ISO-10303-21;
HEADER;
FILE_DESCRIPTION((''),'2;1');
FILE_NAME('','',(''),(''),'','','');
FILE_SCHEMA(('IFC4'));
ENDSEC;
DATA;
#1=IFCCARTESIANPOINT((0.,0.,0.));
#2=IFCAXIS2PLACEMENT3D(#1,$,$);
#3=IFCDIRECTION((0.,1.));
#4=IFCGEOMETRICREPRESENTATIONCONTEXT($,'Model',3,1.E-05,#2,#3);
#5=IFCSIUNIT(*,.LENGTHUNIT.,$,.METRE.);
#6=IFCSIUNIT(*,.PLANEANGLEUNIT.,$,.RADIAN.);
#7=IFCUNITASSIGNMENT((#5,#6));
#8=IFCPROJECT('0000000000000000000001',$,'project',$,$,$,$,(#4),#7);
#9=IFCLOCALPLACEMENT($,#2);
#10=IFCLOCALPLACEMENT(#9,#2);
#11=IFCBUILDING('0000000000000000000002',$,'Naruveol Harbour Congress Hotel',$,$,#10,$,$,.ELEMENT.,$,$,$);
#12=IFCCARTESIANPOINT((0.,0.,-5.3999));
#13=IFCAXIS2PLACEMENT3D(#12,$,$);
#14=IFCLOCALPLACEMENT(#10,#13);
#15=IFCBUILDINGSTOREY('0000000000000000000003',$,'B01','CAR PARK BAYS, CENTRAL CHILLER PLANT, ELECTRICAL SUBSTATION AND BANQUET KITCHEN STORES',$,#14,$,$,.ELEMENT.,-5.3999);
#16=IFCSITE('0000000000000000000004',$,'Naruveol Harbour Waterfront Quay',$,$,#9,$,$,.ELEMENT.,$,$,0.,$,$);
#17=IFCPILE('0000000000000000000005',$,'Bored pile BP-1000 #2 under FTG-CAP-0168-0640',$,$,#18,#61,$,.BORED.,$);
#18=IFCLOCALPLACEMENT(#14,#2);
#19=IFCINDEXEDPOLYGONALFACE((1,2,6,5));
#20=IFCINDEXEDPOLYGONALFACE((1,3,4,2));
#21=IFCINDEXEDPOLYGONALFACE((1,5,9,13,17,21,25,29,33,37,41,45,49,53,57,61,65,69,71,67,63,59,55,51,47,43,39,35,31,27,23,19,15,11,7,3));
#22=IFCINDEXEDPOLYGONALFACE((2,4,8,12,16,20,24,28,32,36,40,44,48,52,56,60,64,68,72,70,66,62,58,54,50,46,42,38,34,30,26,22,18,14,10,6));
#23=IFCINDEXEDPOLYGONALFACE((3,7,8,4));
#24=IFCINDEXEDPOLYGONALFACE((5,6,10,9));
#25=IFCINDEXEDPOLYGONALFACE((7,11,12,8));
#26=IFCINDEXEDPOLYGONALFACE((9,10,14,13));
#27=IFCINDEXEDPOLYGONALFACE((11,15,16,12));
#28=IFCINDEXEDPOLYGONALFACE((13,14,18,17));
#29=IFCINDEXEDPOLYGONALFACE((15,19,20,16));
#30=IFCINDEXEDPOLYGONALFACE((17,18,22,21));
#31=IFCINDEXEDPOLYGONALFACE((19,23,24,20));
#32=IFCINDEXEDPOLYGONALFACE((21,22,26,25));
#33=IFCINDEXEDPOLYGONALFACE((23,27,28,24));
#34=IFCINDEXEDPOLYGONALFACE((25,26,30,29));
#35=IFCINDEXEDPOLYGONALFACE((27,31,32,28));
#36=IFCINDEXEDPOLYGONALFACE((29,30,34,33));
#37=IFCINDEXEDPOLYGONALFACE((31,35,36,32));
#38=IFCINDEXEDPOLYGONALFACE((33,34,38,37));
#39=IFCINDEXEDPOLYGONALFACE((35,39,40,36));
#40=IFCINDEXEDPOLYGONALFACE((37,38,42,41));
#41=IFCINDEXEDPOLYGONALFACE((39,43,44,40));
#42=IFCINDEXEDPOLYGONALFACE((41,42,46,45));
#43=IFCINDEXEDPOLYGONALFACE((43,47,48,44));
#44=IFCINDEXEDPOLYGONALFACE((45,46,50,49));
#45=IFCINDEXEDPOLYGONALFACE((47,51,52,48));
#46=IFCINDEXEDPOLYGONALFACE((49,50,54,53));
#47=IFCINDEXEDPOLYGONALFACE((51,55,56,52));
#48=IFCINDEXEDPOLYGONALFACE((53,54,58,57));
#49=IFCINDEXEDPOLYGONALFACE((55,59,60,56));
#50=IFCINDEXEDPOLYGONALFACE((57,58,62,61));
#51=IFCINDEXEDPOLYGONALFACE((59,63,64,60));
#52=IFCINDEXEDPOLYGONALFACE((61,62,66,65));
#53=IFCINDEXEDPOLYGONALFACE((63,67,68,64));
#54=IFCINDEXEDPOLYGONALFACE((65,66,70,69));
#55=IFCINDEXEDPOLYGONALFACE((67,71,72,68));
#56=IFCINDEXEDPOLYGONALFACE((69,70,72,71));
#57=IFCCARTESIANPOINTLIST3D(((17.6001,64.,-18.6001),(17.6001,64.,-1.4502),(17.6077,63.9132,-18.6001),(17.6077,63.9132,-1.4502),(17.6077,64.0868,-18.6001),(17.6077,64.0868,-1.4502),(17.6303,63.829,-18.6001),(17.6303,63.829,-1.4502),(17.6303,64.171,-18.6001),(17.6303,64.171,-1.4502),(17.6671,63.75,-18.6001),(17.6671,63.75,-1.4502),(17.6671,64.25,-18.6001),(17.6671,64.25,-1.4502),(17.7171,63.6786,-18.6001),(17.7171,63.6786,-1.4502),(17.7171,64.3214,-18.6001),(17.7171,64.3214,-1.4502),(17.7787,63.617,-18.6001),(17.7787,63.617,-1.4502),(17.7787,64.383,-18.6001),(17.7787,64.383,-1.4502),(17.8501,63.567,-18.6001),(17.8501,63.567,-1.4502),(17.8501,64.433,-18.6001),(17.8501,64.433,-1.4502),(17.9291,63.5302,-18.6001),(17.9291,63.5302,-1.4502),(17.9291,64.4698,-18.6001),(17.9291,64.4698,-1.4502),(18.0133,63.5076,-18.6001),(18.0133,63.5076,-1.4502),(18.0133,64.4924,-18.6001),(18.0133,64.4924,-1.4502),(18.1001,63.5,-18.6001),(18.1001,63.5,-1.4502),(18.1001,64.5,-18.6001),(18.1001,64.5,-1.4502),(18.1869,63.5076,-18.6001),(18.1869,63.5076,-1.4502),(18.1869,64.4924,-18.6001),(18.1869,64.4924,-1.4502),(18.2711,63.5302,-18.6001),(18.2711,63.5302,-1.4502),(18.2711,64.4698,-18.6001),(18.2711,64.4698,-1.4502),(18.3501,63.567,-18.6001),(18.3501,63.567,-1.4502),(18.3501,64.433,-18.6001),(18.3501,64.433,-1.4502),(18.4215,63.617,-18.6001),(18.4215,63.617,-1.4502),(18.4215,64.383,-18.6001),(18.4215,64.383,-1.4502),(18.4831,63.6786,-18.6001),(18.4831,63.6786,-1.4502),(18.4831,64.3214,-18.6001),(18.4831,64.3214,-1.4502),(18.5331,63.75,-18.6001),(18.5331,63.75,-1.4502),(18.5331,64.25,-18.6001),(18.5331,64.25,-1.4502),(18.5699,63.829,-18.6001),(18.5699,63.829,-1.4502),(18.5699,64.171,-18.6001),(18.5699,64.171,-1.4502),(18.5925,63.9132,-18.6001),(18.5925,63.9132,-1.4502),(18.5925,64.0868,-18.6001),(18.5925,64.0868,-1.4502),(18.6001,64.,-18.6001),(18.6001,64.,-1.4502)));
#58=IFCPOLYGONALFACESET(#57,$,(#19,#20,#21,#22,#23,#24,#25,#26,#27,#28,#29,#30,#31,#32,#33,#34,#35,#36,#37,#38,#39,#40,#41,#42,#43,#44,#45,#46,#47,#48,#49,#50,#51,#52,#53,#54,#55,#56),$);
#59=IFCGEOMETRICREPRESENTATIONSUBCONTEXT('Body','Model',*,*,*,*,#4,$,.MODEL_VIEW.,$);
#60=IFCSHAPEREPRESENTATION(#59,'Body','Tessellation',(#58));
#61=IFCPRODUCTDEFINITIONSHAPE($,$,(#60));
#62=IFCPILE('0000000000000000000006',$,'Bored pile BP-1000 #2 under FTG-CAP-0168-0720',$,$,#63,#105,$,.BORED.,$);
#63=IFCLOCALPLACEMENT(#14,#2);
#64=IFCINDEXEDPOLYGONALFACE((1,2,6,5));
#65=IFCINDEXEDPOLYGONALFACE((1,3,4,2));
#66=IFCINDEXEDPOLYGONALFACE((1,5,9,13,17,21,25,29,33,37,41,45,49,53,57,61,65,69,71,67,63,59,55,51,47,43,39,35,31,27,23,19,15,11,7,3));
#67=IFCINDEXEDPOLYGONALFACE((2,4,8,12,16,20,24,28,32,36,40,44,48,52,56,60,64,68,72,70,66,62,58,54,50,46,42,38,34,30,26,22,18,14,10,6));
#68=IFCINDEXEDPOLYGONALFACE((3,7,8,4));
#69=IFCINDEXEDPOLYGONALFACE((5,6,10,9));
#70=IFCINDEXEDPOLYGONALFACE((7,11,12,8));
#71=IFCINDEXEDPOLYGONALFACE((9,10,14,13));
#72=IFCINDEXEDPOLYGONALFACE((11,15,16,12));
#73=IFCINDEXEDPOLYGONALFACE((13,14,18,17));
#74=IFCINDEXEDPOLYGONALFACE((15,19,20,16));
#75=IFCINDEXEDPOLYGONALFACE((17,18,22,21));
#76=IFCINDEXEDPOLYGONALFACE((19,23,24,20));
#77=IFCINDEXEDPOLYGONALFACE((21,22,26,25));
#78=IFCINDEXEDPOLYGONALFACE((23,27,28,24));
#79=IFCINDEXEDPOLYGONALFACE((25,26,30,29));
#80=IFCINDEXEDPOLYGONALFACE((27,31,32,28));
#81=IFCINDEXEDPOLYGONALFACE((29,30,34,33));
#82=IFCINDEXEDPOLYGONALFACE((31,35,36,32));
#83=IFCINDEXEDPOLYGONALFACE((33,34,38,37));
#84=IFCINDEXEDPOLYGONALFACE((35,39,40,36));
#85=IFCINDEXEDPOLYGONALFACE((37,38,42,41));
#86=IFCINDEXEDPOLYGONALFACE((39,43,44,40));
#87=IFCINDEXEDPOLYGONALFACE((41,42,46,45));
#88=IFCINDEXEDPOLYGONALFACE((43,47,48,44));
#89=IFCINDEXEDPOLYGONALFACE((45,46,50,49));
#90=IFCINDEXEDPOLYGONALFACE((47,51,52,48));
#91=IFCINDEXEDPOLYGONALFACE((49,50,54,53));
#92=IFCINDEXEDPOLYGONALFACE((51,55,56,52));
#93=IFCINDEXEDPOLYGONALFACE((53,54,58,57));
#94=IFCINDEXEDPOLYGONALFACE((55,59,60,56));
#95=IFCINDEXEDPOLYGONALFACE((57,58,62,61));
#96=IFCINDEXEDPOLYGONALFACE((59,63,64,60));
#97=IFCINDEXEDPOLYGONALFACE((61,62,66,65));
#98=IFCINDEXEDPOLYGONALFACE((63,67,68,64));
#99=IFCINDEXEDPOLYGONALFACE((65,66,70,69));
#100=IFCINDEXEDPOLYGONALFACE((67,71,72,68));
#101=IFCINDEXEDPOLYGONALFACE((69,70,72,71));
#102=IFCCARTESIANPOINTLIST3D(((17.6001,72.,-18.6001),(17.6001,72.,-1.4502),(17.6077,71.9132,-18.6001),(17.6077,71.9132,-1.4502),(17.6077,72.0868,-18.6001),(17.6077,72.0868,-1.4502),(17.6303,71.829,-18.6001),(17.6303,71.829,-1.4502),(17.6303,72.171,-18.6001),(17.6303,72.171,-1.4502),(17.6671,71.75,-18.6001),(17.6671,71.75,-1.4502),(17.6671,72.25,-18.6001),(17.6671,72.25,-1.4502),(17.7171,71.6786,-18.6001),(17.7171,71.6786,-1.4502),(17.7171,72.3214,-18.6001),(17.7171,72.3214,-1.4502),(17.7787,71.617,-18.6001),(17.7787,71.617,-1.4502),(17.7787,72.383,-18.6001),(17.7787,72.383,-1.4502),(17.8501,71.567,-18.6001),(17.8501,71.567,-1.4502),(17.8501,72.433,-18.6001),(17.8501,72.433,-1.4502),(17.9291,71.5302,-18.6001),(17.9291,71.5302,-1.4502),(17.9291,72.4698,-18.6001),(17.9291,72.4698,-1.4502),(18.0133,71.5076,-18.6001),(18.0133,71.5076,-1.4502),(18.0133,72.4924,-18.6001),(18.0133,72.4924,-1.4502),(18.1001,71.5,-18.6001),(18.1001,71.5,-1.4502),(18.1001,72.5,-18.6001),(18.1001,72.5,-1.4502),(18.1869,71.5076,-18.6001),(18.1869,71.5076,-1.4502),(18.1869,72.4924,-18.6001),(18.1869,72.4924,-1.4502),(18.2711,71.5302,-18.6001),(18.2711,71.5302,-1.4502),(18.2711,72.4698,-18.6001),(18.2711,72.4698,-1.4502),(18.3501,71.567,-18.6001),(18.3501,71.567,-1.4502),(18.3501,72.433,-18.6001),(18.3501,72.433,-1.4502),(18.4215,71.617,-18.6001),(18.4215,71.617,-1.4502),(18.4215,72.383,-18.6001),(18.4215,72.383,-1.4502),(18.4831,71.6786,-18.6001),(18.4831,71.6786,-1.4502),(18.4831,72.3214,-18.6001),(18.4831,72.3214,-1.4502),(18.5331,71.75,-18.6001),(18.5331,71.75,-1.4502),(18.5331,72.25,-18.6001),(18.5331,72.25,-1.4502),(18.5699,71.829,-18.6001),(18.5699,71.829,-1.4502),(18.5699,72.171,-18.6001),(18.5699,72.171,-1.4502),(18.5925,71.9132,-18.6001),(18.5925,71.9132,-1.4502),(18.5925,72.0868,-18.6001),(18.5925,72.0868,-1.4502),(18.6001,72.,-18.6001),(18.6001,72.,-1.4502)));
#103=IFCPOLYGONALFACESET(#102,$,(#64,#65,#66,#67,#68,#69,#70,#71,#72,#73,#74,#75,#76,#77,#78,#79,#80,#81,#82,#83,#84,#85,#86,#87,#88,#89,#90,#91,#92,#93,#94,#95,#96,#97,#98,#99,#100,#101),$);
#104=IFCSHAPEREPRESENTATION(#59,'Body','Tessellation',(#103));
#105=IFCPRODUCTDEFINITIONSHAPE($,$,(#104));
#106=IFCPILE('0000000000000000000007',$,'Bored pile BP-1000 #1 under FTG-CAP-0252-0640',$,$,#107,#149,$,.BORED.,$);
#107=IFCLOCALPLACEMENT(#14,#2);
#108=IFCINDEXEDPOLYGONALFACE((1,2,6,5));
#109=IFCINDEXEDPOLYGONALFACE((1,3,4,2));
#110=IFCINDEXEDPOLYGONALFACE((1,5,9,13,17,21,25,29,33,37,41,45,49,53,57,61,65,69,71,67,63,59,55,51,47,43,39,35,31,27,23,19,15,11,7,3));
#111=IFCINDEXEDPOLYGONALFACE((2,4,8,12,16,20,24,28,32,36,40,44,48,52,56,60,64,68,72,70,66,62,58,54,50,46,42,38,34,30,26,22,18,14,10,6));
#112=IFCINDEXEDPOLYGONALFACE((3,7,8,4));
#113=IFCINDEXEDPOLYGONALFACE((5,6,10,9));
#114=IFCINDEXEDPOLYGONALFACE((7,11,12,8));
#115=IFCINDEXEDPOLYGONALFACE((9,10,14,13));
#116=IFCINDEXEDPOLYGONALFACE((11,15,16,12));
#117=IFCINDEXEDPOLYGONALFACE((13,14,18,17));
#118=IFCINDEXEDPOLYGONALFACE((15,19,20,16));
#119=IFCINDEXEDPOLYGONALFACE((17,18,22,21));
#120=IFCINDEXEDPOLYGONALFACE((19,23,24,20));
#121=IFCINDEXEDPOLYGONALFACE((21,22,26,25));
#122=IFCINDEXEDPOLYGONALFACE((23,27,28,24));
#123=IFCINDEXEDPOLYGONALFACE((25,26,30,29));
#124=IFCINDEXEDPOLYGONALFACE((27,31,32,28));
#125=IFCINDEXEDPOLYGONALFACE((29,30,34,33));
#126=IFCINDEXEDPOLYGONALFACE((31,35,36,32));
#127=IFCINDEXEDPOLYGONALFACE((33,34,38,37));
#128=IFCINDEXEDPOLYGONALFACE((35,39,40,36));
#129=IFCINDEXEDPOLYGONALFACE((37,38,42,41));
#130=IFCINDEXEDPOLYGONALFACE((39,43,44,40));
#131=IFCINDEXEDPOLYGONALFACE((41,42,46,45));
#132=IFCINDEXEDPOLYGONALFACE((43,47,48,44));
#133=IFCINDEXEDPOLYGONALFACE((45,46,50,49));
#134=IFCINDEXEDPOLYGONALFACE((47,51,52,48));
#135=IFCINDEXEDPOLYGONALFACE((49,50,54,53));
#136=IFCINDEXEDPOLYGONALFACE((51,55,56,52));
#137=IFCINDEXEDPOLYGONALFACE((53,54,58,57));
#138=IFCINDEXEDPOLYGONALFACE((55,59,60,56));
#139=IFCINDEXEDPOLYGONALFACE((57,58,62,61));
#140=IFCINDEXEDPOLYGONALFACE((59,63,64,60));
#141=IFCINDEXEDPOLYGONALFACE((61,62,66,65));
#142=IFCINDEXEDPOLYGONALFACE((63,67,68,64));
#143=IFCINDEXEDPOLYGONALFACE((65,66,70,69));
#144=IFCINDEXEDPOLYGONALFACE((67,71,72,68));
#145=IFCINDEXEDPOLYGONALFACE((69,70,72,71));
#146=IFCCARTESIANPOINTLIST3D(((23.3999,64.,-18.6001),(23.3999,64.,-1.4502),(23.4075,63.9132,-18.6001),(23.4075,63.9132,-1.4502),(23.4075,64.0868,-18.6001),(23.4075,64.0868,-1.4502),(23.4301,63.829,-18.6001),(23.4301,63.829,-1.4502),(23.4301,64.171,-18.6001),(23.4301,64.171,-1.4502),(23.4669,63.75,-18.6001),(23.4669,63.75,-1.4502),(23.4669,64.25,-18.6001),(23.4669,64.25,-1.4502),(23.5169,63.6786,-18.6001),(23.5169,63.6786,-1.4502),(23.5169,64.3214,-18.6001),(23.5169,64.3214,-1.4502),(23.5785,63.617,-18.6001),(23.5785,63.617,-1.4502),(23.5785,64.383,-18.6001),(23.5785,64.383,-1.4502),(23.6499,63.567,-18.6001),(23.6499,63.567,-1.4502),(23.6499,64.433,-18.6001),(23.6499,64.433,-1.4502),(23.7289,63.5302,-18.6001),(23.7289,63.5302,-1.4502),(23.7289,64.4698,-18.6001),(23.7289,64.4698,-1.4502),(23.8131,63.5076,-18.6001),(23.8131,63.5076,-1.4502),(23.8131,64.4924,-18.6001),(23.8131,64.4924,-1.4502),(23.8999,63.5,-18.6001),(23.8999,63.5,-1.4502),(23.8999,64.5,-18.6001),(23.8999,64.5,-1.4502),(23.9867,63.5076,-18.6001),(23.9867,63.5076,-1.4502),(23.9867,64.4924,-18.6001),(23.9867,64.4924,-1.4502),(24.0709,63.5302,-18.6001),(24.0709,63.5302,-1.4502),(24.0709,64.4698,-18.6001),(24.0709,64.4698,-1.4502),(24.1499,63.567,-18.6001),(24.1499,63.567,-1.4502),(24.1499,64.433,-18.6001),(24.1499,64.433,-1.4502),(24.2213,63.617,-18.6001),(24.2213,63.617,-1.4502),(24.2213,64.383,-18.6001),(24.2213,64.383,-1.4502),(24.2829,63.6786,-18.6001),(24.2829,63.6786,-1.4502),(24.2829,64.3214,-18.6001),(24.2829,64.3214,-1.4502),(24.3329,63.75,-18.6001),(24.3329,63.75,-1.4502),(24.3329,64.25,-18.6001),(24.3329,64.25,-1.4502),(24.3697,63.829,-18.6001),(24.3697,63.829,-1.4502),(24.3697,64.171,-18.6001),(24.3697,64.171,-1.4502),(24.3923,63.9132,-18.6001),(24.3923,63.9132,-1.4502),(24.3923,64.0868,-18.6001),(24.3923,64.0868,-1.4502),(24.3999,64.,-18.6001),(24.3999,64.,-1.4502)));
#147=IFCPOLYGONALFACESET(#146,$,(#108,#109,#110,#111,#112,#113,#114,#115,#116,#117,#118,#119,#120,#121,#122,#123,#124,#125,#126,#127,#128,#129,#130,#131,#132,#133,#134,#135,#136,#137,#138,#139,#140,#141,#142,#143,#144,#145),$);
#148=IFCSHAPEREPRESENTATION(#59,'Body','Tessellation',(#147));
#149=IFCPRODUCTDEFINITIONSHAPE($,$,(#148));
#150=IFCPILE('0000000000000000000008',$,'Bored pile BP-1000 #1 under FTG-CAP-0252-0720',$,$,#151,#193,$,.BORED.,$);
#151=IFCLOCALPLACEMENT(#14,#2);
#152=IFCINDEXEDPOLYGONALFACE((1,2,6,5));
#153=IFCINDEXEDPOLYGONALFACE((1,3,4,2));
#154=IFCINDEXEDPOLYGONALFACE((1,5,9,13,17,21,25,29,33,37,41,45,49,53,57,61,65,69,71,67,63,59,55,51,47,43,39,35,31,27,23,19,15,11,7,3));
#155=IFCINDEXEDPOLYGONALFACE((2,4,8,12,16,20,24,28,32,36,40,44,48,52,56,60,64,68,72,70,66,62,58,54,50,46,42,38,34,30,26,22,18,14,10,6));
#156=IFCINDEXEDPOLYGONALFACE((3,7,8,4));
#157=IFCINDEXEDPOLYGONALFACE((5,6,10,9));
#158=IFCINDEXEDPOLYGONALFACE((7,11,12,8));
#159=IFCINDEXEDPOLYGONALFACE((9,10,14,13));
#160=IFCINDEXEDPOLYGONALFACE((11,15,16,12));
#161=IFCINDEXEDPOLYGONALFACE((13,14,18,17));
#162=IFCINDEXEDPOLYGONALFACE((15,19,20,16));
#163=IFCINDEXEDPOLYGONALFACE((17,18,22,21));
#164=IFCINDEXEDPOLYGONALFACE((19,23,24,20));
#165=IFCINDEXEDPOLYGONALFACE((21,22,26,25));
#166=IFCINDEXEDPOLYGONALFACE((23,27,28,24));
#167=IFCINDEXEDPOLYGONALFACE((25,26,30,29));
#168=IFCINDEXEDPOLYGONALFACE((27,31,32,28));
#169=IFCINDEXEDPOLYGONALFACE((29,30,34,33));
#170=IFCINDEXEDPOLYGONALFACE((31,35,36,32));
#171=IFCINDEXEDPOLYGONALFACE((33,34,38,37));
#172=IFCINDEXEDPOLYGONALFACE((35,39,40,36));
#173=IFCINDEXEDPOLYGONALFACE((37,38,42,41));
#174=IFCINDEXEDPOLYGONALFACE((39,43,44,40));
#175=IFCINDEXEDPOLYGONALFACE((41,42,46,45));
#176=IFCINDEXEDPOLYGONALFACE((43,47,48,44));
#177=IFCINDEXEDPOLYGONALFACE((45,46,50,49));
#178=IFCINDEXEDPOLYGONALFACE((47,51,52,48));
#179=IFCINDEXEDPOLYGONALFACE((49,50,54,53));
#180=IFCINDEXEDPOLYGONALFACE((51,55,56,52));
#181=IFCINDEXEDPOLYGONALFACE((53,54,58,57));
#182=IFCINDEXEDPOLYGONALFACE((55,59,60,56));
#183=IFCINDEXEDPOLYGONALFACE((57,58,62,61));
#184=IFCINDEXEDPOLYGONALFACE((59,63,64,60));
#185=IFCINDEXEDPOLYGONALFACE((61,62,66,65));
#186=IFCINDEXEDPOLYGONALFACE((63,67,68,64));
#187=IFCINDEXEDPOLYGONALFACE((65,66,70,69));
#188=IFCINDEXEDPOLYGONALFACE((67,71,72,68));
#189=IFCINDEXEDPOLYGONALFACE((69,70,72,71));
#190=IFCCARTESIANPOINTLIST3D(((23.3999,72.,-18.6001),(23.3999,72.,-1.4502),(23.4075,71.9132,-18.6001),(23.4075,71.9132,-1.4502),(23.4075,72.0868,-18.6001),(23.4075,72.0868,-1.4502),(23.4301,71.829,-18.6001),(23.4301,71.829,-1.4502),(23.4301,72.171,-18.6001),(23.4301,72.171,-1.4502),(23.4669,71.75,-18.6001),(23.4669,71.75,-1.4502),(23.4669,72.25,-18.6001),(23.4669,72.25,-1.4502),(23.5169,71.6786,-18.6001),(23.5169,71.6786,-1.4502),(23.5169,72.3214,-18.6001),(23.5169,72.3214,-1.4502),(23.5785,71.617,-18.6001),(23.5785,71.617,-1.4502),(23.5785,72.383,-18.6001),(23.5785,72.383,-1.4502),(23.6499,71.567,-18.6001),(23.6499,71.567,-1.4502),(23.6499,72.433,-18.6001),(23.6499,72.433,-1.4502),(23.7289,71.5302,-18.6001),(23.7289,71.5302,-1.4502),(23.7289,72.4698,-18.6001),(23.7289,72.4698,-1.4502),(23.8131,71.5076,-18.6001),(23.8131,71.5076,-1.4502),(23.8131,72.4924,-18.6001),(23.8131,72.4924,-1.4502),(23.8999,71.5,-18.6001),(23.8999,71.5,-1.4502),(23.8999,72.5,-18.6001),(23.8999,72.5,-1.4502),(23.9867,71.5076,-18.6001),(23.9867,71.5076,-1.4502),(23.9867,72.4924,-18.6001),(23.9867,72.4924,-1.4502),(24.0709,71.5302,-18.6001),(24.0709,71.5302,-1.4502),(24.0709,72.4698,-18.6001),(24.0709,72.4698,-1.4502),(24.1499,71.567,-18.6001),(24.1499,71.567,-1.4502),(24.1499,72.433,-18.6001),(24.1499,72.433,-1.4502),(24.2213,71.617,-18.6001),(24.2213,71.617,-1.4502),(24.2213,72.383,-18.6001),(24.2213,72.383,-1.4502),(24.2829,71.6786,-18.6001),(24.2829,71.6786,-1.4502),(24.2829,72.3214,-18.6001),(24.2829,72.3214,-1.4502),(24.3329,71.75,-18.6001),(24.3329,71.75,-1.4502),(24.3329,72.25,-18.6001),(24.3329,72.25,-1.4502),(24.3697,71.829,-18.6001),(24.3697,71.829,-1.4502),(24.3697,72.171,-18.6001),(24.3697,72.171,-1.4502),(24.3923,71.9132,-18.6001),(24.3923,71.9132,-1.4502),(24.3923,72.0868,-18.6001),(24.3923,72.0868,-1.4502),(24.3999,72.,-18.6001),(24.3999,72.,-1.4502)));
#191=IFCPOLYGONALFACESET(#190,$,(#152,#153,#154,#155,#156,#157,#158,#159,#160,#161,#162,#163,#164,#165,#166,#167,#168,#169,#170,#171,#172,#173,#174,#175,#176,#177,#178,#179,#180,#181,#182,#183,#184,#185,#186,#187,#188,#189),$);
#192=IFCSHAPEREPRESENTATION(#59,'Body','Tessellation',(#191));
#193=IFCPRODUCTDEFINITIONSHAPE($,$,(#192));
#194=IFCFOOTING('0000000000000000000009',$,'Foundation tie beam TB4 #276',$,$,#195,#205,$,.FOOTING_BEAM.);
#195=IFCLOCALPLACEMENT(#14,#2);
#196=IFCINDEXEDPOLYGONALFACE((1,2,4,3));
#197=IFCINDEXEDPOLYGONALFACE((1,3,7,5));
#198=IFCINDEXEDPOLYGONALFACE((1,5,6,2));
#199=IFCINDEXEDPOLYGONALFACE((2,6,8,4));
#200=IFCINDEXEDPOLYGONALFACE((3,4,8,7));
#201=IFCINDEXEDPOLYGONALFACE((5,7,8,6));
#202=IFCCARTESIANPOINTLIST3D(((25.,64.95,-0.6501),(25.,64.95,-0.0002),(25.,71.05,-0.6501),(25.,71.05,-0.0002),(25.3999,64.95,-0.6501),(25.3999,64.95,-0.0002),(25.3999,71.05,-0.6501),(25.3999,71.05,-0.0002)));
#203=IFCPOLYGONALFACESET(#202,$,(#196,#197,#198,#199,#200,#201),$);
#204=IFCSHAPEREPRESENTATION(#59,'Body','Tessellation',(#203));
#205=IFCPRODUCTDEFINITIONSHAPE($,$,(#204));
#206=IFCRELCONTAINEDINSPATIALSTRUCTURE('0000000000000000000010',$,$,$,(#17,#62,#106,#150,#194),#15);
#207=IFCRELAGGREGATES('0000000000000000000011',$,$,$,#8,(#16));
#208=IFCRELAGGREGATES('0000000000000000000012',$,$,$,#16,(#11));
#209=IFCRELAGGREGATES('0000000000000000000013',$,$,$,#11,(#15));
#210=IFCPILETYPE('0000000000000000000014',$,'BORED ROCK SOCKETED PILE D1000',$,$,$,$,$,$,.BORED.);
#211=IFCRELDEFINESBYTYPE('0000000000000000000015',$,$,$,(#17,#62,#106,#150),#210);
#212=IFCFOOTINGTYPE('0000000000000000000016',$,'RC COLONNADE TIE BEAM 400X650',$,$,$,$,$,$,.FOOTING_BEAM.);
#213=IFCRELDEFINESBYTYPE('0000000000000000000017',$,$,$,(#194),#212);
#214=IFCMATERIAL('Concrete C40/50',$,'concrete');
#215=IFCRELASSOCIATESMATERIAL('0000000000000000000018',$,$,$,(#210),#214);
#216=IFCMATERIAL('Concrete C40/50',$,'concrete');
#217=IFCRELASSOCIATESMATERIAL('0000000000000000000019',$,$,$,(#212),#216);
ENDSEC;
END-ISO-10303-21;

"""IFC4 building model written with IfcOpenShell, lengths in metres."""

from ifc_helpers import new_model, si_unit, direction, frame, origin, origin_2d, place, context, subcontext, project, spatial, rectangle, circle, extrude, material, material_profile, profile_set, type_object, element, save


model = new_model("IFC4")

# Units and contexts
model_context = context("Model", 3, precision=1e-05, world=origin(), true_north=direction((0.0, 1.0)))
body_context = subcontext(model_context, "Body", "Model", "MODEL_VIEW")
ifc_project = project(units=[si_unit("LENGTHUNIT", "METRE"), si_unit("PLANEANGLEUNIT", "RADIAN")], contexts=[model_context])

# Site, building, storey
site_placement = place(None, origin())
site = spatial("IfcSite", under=ifc_project, at=site_placement, Name="Naruveol Harbour Waterfront Quay", CompositionType="ELEMENT", RefElevation=0.0)
building_placement = place(site_placement, origin())
building = spatial("IfcBuilding", under=site, at=building_placement, Name="Naruveol Harbour Congress Hotel", CompositionType="ELEMENT")
storey_placement = place(building_placement, frame((0.0, 0.0, -5.3999)))
storey = spatial("IfcBuildingStorey", under=building, at=storey_placement, Name="B01", Description="CAR PARK BAYS, CENTRAL CHILLER PLANT, ELECTRICAL SUBSTATION AND BANQUET KITCHEN STORES", CompositionType="ELEMENT", Elevation=-5.3999)

# Piles
ifc_material_1 = material(Name="Concrete C40/50", Category="concrete")
ifc_material_profile_1 = material_profile(ifc_material_1, circle(Radius=0.5, at=origin_2d()), Name="BP-1000")
ifc_profile_set_1 = profile_set([ifc_material_profile_1], Name="Concrete C40/50")
pile_type = type_object("IfcPileType", Name="BORED ROCK SOCKETED PILE D1000", PredefinedType="BORED", material=ifc_profile_set_1)
for number, where, z_axis, x_axis, name in (
    (1, (18.1001, 64.0, -1.4502), (0.0, 0.0, -1.0), (1.0, 0.0, 0.0), "Bored pile BP-1000 #2 under FTG-CAP-0168-0640"),
    (2, (18.1001, 72.0, -1.4502), (0.0, 0.0, -1.0), (1.0, 0.0, 0.0), "Bored pile BP-1000 #2 under FTG-CAP-0168-0720"),
    (3, (23.8999, 64.0, -1.4502), (0.0, 0.0, -1.0), (1.0, 0.0, 0.0), "Bored pile BP-1000 #1 under FTG-CAP-0252-0640"),
    (4, (23.8999, 72.0, -1.4502), (0.0, 0.0, -1.0), (1.0, 0.0, 0.0), "Bored pile BP-1000 #1 under FTG-CAP-0252-0720"),
):
    element("IfcPile", number, at=place(storey_placement, frame(where, z_axis=z_axis, x_axis=x_axis)), inside=storey, type_object=pile_type, Name=name, PredefinedType="BORED", context=body_context, shape_type="SweptSolid", body=[
        extrude(circle(Radius=0.5, at=origin_2d()), origin(), (0.0, 0.0, 1.0), 17.1499),
    ])

# Footing
ifc_material_2 = material(Name="Concrete C40/50", Category="concrete")
ifc_material_profile_2 = material_profile(ifc_material_2, rectangle(XDim=0.3999, YDim=0.6499, at=origin_2d()), Name="RCB-400x650")
ifc_profile_set_2 = profile_set([ifc_material_profile_2], Name="Concrete C40/50")
footing_type_1 = type_object("IfcFootingType", Name="RC COLONNADE TIE BEAM 400X650", PredefinedType="FOOTING_BEAM", material=ifc_profile_set_2)
for number, where, z_axis, x_axis, name in (
    (5, (25.2, 64.95, -0.3252), (0.0, 1.0, 0.0), (-1.0, 0.0, 0.0), "Foundation tie beam TB4 #276"),
):
    element("IfcFooting", number, at=place(storey_placement, frame(where, z_axis=z_axis, x_axis=x_axis)), inside=storey, type_object=footing_type_1, Name=name, PredefinedType="FOOTING_BEAM", context=body_context, shape_type="SweptSolid", body=[
        extrude(rectangle(XDim=0.3999, YDim=0.6499, at=origin_2d()), origin(), (0.0, 0.0, 1.0), 6.1001),
    ])

save(model, "model.ifc")
